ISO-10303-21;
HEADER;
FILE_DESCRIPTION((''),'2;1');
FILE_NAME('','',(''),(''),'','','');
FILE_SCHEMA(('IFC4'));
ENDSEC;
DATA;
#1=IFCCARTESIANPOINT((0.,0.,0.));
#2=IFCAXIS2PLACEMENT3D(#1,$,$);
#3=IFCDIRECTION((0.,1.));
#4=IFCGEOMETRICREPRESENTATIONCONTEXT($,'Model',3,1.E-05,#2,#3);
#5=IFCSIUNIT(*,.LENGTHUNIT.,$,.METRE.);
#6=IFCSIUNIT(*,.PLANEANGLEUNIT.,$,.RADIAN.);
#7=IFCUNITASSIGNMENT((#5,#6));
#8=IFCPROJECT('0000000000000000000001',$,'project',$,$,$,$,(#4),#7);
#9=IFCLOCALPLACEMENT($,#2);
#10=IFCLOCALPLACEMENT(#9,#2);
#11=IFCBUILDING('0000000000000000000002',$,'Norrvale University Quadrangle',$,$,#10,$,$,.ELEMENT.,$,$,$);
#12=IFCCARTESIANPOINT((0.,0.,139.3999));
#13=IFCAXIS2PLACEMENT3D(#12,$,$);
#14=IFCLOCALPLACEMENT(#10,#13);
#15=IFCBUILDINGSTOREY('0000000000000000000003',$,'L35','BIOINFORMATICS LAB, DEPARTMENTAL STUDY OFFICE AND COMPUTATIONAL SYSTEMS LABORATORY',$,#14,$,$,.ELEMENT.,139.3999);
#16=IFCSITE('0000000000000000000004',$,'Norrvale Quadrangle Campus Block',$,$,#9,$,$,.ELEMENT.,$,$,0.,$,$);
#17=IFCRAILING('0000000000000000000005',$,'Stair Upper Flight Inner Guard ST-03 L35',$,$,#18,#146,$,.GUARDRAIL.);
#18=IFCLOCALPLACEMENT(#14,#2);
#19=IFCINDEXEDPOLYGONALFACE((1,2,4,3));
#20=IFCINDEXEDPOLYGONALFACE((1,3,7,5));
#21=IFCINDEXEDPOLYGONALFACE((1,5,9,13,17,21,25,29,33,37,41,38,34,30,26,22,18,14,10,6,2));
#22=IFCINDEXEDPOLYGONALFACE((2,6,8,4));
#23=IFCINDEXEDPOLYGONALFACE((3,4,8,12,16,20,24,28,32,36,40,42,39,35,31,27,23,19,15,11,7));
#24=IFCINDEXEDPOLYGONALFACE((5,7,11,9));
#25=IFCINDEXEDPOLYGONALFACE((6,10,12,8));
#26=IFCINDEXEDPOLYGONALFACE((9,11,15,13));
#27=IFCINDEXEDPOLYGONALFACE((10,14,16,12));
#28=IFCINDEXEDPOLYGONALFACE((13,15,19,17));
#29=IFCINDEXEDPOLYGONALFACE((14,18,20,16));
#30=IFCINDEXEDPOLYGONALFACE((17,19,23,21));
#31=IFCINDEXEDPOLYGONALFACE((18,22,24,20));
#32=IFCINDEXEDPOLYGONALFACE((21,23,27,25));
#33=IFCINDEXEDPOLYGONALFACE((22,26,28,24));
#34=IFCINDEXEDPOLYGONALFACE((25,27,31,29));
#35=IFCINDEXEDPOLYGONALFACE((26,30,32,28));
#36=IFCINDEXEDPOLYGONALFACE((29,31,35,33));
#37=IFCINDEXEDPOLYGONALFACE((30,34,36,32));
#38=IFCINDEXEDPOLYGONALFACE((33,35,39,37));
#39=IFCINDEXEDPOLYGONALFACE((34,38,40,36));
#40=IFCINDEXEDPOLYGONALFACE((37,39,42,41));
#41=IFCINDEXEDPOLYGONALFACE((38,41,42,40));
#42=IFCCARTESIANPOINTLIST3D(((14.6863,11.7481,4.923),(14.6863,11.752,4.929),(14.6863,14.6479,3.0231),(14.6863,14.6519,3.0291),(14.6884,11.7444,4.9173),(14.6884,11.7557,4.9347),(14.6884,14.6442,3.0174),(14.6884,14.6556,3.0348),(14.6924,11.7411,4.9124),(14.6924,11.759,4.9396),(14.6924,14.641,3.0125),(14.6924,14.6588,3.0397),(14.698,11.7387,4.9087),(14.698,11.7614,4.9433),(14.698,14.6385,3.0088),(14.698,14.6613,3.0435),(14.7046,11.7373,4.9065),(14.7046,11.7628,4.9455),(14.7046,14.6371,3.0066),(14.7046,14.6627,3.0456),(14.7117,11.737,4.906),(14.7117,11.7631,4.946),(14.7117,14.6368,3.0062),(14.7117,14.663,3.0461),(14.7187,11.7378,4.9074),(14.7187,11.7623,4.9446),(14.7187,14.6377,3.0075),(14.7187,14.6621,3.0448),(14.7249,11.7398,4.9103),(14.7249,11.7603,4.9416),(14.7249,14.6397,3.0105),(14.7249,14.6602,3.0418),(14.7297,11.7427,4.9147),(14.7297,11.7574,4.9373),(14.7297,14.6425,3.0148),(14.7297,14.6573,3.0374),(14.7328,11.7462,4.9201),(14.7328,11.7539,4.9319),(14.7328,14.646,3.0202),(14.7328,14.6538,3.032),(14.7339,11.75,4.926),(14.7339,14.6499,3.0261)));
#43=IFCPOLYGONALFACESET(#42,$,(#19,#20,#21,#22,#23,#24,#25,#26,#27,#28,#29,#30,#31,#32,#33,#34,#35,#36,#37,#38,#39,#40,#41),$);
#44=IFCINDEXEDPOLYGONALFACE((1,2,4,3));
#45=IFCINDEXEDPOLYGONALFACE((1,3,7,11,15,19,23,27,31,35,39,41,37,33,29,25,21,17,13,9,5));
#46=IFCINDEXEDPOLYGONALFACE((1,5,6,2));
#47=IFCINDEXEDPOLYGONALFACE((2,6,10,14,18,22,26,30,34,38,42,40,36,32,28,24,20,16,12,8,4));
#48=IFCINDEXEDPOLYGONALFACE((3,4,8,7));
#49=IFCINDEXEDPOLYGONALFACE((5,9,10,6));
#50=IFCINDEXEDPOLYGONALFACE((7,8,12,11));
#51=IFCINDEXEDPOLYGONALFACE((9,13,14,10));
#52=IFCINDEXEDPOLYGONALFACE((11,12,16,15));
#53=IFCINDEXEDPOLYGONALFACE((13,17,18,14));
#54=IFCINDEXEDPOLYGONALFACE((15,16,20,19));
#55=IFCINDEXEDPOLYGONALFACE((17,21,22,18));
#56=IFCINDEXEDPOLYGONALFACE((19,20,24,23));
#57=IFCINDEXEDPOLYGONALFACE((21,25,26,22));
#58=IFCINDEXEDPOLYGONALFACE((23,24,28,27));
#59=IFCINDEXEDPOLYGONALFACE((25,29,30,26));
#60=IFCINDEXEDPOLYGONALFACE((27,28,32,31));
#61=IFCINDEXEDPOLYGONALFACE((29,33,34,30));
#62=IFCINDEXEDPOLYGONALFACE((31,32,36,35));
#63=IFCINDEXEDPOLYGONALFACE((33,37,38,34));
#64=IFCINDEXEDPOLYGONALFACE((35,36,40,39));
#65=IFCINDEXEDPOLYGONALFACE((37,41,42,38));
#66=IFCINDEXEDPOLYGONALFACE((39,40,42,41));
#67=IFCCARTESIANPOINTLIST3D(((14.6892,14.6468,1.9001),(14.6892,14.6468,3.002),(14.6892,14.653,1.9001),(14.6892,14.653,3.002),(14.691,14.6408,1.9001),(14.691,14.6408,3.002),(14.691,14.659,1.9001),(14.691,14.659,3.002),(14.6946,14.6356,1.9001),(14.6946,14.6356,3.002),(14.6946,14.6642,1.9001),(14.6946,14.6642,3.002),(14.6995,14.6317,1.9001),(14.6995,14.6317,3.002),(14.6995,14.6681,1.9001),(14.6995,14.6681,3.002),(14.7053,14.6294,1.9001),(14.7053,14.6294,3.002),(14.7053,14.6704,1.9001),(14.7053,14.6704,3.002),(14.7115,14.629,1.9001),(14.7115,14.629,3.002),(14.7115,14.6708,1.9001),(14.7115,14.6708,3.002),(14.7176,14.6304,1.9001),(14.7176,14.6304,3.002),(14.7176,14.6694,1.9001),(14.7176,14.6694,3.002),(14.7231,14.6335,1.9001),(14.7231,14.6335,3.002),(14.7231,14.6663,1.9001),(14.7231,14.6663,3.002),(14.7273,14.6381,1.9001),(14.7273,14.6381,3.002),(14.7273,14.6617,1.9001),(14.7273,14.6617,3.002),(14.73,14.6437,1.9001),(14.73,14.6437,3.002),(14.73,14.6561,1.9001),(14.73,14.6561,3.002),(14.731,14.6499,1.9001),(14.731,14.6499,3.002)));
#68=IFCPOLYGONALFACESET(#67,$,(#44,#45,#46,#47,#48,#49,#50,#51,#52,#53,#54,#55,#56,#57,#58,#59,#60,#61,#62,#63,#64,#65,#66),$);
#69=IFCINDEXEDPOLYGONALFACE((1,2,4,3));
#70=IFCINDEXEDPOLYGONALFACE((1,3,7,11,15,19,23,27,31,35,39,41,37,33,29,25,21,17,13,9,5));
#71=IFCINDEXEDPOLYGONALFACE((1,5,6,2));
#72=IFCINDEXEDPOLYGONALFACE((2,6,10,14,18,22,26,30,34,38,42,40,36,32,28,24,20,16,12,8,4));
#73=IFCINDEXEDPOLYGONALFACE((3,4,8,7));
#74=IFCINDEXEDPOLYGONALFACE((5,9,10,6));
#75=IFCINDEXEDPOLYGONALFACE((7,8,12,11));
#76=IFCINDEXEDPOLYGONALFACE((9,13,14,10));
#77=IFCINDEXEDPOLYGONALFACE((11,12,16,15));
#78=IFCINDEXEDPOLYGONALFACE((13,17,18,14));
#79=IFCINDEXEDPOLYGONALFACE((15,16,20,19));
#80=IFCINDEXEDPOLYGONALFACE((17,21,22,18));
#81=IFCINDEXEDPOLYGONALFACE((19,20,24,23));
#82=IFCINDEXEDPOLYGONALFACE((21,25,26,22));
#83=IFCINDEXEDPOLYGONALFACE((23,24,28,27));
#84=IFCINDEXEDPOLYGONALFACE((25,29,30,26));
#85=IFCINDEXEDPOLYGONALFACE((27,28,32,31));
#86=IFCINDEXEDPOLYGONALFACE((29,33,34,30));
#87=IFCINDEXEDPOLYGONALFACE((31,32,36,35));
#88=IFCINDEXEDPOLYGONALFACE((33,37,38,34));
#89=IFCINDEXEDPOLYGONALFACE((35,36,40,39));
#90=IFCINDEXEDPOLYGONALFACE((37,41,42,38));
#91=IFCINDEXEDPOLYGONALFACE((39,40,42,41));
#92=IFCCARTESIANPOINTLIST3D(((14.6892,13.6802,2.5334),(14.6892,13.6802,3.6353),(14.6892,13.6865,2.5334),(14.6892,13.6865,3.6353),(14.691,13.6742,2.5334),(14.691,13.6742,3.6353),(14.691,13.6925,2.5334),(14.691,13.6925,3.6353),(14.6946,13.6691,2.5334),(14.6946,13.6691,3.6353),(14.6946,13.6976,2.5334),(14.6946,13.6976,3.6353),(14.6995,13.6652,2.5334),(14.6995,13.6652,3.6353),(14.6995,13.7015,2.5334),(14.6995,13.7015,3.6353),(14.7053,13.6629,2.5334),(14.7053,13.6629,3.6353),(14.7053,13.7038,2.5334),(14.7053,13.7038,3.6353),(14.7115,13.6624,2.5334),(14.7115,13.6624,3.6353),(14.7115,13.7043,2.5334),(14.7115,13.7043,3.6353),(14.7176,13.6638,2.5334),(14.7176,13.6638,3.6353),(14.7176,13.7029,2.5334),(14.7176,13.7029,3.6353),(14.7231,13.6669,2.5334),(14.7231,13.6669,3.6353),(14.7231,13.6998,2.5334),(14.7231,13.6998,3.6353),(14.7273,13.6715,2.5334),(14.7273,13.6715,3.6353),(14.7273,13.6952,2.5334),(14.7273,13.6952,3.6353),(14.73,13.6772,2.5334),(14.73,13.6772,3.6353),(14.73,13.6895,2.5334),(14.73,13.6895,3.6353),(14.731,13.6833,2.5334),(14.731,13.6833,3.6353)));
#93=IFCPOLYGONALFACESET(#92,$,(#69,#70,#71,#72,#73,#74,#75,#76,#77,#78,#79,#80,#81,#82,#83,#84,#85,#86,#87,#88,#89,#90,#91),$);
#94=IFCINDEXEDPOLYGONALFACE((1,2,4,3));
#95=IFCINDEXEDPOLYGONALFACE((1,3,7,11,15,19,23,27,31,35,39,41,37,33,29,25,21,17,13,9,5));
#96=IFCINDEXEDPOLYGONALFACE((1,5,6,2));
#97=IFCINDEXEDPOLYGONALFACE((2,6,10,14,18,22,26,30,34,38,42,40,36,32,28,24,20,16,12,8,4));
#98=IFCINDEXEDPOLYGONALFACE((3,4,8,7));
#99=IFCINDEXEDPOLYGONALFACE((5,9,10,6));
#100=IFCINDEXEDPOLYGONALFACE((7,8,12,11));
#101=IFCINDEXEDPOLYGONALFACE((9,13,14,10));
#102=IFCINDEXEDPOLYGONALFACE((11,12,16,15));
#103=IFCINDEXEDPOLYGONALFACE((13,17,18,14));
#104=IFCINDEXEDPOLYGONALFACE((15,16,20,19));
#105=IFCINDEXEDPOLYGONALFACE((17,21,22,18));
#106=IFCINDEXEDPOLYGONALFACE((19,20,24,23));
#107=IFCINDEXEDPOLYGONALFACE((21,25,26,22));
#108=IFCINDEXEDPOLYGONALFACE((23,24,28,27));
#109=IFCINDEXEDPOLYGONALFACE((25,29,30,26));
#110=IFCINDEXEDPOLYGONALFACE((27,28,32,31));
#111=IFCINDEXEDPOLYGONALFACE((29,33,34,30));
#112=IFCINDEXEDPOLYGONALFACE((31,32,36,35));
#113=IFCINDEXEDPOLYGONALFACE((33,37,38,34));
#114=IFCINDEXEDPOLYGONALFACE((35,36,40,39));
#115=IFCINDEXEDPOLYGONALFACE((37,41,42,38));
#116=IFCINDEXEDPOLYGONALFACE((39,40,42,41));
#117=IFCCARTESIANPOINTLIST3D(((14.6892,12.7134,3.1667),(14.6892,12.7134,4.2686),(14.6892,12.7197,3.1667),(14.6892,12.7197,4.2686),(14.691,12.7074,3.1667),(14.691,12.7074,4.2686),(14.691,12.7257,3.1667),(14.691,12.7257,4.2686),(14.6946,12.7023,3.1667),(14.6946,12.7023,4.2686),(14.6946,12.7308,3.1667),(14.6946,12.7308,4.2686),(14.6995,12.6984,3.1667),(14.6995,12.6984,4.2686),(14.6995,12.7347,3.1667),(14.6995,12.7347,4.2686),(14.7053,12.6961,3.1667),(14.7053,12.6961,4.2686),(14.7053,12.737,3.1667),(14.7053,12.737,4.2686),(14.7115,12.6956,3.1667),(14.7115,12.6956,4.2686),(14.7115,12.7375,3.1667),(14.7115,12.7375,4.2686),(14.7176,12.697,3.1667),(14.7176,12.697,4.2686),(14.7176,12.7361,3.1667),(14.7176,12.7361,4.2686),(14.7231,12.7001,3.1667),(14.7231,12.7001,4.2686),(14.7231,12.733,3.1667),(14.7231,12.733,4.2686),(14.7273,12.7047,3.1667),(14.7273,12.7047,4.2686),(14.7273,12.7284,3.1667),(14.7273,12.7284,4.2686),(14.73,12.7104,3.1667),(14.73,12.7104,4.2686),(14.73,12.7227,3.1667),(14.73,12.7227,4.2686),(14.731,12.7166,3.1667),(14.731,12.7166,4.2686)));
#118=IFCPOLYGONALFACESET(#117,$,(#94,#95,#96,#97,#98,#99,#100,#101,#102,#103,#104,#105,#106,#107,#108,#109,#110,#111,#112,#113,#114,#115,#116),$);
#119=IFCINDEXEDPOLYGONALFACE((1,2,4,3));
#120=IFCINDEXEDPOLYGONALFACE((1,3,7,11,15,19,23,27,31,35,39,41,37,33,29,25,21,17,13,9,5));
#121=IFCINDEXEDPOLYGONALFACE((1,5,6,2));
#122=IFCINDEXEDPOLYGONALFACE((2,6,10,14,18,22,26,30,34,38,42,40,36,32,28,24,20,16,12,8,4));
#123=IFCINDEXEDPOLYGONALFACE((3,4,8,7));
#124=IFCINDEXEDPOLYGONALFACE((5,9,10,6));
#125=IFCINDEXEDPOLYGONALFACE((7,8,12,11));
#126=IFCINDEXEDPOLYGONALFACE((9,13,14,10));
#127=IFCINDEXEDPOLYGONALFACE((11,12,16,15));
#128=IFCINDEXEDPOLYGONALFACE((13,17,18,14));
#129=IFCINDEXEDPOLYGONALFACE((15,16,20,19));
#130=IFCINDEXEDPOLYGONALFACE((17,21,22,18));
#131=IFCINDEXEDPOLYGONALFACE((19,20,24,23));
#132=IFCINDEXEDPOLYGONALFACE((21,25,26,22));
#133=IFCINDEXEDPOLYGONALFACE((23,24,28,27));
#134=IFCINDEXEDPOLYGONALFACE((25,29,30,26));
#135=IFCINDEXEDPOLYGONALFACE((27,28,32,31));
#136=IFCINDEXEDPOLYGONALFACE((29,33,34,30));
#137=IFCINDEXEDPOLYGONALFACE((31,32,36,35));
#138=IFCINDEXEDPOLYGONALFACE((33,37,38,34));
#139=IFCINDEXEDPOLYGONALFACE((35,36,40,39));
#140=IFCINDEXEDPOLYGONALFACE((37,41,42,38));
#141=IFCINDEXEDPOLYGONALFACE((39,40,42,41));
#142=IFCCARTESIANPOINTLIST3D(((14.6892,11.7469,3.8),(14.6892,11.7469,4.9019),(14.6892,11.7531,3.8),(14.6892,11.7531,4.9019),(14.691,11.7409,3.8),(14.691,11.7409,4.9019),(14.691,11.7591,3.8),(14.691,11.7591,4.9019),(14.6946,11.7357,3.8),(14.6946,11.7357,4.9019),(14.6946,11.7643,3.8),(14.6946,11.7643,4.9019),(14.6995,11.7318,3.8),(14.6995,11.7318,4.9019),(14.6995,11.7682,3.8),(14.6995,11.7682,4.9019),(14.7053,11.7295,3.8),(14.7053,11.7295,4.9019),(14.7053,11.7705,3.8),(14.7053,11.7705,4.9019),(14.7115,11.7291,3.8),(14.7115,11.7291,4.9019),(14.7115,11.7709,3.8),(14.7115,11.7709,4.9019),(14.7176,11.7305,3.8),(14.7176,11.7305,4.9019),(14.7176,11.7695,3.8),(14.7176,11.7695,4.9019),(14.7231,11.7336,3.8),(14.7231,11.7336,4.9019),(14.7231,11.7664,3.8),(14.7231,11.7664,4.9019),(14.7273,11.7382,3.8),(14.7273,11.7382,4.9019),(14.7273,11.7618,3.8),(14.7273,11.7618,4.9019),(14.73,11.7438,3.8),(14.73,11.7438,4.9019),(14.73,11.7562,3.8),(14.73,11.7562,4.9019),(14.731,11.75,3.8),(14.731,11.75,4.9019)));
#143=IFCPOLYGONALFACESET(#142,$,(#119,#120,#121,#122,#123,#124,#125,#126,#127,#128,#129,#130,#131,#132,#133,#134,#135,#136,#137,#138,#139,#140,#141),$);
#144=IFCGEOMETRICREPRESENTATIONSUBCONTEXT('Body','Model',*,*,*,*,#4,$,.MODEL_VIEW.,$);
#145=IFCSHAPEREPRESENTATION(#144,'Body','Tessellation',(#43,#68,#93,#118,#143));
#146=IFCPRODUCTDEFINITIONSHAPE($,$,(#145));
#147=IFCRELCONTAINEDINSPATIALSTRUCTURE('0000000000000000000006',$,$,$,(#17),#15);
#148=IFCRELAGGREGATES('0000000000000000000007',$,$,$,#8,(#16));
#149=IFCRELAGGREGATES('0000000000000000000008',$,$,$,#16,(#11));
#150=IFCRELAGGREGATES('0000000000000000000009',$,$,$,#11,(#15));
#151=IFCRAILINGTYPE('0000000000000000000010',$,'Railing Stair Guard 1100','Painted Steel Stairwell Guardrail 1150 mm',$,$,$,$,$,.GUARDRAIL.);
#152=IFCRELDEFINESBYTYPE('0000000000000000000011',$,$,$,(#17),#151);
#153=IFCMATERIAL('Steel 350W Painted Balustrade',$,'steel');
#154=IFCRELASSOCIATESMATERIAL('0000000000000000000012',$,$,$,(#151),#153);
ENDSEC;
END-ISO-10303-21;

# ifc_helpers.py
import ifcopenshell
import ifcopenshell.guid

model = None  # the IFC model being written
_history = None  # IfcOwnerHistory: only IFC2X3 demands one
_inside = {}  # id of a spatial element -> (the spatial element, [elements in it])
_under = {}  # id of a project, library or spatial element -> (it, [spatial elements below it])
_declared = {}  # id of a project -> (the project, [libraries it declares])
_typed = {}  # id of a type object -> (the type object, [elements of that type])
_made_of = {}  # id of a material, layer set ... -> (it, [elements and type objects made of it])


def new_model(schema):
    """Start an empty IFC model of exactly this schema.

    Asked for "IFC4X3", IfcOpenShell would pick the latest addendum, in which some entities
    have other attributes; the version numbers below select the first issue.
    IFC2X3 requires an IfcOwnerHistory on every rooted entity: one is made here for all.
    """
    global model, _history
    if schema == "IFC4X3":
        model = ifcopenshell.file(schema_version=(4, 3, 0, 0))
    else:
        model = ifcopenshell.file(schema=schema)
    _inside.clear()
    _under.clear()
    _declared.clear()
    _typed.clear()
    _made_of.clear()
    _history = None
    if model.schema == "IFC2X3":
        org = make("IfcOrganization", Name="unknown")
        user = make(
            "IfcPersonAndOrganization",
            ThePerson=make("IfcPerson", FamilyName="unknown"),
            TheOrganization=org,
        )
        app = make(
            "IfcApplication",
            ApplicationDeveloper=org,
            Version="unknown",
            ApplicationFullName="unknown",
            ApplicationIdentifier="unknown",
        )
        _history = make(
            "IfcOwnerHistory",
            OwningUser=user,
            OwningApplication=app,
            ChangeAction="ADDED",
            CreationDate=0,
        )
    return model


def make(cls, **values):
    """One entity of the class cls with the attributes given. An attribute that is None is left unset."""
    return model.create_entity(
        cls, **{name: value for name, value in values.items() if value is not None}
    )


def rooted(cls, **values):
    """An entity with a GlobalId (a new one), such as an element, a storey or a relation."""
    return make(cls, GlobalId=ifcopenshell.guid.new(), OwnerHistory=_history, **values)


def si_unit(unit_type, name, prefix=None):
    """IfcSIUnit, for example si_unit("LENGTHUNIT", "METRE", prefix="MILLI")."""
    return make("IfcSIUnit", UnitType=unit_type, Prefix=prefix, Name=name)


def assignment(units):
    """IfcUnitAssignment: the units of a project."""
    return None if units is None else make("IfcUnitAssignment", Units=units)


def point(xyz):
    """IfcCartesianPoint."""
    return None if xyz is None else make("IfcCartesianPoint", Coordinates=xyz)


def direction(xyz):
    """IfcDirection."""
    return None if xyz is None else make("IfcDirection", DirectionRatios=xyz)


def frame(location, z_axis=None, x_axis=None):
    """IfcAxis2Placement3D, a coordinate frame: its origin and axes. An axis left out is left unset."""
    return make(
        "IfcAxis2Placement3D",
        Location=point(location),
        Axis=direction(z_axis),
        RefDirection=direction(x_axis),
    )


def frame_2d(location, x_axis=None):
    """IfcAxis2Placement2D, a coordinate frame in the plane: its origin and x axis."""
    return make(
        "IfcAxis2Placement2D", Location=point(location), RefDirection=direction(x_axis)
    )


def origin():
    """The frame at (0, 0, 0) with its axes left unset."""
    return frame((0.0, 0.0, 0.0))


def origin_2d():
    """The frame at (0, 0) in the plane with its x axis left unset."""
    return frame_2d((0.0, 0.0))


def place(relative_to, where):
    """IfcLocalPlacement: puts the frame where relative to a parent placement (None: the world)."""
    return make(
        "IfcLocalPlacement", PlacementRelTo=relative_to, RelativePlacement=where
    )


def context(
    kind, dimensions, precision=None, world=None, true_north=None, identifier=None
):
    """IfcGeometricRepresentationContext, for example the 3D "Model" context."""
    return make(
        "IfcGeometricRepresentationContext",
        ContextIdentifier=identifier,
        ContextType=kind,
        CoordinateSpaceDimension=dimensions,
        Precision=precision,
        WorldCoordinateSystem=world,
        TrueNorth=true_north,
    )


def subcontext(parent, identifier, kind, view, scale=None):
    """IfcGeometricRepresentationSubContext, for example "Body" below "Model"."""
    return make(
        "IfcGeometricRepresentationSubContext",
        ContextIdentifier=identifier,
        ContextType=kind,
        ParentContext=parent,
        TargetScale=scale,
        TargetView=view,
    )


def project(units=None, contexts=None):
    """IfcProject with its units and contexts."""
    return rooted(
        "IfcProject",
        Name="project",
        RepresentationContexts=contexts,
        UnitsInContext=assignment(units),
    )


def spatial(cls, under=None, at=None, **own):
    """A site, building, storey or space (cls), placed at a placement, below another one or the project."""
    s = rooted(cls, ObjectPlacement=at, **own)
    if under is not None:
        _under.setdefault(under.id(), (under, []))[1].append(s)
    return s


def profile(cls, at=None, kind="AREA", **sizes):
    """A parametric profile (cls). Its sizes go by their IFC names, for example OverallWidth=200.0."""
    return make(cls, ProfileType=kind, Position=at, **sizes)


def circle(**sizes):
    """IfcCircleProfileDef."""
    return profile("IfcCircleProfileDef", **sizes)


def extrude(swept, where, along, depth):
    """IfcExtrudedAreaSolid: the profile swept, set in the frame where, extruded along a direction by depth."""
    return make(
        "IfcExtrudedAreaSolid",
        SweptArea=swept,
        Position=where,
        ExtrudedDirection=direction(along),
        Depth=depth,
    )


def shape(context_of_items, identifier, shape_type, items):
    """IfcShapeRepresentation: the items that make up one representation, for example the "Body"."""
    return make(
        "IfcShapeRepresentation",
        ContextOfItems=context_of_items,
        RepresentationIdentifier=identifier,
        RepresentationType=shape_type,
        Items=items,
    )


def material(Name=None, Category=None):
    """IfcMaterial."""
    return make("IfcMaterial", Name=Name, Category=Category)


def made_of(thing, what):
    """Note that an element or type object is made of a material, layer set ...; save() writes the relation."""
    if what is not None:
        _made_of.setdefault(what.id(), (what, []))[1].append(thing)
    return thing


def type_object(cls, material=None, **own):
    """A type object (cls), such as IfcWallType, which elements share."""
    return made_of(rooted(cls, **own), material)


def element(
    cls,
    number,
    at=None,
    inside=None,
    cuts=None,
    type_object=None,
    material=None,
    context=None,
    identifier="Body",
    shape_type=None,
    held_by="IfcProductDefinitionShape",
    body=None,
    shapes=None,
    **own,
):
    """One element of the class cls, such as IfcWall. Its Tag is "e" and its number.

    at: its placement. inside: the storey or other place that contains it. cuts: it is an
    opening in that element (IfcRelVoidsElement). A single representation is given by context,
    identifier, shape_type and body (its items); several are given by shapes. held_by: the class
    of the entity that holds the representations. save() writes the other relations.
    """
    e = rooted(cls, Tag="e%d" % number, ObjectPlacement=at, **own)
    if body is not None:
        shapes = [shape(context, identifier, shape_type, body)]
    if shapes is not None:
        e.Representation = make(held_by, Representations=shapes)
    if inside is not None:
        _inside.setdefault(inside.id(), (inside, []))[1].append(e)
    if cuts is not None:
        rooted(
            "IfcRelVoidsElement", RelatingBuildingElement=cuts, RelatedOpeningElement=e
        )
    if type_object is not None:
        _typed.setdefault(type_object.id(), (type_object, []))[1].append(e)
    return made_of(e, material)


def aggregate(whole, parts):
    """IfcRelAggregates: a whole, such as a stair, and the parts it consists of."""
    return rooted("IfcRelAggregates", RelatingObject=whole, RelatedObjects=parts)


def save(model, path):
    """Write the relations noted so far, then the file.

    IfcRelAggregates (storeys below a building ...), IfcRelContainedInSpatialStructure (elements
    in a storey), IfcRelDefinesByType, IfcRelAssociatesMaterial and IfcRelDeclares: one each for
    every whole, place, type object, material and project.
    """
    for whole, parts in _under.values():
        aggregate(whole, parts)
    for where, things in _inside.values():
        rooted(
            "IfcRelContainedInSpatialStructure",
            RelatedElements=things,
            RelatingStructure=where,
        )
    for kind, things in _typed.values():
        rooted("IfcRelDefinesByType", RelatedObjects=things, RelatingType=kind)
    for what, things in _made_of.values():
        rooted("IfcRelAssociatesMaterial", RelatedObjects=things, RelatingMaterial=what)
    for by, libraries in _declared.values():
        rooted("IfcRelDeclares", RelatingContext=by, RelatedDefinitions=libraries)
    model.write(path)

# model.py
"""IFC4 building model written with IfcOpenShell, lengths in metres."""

from ifc_helpers import new_model, si_unit, direction, frame, origin, origin_2d, place, context, subcontext, project, spatial, circle, extrude, material, type_object, element, save


model = new_model("IFC4")

# Units and contexts
model_context = context("Model", 3, precision=1e-05, world=origin(), true_north=direction((0.0, 1.0)))
body_context = subcontext(model_context, "Body", "Model", "MODEL_VIEW")
ifc_project = project(units=[si_unit("LENGTHUNIT", "METRE"), si_unit("PLANEANGLEUNIT", "RADIAN")], contexts=[model_context])

# Site, building, storey
site_placement = place(None, origin())
site = spatial("IfcSite", under=ifc_project, at=site_placement, Name="Norrvale Quadrangle Campus Block", CompositionType="ELEMENT", RefElevation=0.0)
building_placement = place(site_placement, origin())
building = spatial("IfcBuilding", under=site, at=building_placement, Name="Norrvale University Quadrangle", CompositionType="ELEMENT")
storey_placement = place(building_placement, frame((0.0, 0.0, 139.3999)))
storey = spatial("IfcBuildingStorey", under=building, at=storey_placement, Name="L35", Description="BIOINFORMATICS LAB, DEPARTMENTAL STUDY OFFICE AND COMPUTATIONAL SYSTEMS LABORATORY", CompositionType="ELEMENT", Elevation=139.3999)

# Railing
ifc_material_1 = material(Name="Steel 350W Painted Balustrade", Category="steel")
railing_type_1 = type_object("IfcRailingType", Name="Railing Stair Guard 1100", Description="Painted Steel Stairwell Guardrail 1150 mm", PredefinedType="GUARDRAIL", material=ifc_material_1)
railing_1_placement = place(storey_placement, frame((14.71, 14.6499, 1.9001)))
element("IfcRailing", 1, at=railing_1_placement, inside=storey, type_object=railing_type_1, Name="Stair Upper Flight Inner Guard ST-03 L35", PredefinedType="GUARDRAIL", context=body_context, shape_type="SweptSolid", body=[
    extrude(circle(Radius=0.0239, at=origin_2d()), frame((0.0, 0.0, 1.126), z_axis=(0.0, -0.836466, 0.548019), x_axis=(1.0, 0.0, 0.0)), (0.0, 0.0, 1.0), 3.4668),
    extrude(circle(Radius=0.021, at=origin_2d()), origin(), (0.0, 0.0, 1.0), 1.1018),
    extrude(circle(Radius=0.021, at=origin_2d()), frame((0.0, -0.9666, 0.6333)), (0.0, 0.0, 1.0), 1.1018),
    extrude(circle(Radius=0.021, at=origin_2d()), frame((0.0, -1.9333, 1.2666)), (0.0, 0.0, 1.0), 1.1018),
    extrude(circle(Radius=0.021, at=origin_2d()), frame((0.0, -2.8999, 1.8999)), (0.0, 0.0, 1.0), 1.1018),
])

save(model, "model.ifc")
